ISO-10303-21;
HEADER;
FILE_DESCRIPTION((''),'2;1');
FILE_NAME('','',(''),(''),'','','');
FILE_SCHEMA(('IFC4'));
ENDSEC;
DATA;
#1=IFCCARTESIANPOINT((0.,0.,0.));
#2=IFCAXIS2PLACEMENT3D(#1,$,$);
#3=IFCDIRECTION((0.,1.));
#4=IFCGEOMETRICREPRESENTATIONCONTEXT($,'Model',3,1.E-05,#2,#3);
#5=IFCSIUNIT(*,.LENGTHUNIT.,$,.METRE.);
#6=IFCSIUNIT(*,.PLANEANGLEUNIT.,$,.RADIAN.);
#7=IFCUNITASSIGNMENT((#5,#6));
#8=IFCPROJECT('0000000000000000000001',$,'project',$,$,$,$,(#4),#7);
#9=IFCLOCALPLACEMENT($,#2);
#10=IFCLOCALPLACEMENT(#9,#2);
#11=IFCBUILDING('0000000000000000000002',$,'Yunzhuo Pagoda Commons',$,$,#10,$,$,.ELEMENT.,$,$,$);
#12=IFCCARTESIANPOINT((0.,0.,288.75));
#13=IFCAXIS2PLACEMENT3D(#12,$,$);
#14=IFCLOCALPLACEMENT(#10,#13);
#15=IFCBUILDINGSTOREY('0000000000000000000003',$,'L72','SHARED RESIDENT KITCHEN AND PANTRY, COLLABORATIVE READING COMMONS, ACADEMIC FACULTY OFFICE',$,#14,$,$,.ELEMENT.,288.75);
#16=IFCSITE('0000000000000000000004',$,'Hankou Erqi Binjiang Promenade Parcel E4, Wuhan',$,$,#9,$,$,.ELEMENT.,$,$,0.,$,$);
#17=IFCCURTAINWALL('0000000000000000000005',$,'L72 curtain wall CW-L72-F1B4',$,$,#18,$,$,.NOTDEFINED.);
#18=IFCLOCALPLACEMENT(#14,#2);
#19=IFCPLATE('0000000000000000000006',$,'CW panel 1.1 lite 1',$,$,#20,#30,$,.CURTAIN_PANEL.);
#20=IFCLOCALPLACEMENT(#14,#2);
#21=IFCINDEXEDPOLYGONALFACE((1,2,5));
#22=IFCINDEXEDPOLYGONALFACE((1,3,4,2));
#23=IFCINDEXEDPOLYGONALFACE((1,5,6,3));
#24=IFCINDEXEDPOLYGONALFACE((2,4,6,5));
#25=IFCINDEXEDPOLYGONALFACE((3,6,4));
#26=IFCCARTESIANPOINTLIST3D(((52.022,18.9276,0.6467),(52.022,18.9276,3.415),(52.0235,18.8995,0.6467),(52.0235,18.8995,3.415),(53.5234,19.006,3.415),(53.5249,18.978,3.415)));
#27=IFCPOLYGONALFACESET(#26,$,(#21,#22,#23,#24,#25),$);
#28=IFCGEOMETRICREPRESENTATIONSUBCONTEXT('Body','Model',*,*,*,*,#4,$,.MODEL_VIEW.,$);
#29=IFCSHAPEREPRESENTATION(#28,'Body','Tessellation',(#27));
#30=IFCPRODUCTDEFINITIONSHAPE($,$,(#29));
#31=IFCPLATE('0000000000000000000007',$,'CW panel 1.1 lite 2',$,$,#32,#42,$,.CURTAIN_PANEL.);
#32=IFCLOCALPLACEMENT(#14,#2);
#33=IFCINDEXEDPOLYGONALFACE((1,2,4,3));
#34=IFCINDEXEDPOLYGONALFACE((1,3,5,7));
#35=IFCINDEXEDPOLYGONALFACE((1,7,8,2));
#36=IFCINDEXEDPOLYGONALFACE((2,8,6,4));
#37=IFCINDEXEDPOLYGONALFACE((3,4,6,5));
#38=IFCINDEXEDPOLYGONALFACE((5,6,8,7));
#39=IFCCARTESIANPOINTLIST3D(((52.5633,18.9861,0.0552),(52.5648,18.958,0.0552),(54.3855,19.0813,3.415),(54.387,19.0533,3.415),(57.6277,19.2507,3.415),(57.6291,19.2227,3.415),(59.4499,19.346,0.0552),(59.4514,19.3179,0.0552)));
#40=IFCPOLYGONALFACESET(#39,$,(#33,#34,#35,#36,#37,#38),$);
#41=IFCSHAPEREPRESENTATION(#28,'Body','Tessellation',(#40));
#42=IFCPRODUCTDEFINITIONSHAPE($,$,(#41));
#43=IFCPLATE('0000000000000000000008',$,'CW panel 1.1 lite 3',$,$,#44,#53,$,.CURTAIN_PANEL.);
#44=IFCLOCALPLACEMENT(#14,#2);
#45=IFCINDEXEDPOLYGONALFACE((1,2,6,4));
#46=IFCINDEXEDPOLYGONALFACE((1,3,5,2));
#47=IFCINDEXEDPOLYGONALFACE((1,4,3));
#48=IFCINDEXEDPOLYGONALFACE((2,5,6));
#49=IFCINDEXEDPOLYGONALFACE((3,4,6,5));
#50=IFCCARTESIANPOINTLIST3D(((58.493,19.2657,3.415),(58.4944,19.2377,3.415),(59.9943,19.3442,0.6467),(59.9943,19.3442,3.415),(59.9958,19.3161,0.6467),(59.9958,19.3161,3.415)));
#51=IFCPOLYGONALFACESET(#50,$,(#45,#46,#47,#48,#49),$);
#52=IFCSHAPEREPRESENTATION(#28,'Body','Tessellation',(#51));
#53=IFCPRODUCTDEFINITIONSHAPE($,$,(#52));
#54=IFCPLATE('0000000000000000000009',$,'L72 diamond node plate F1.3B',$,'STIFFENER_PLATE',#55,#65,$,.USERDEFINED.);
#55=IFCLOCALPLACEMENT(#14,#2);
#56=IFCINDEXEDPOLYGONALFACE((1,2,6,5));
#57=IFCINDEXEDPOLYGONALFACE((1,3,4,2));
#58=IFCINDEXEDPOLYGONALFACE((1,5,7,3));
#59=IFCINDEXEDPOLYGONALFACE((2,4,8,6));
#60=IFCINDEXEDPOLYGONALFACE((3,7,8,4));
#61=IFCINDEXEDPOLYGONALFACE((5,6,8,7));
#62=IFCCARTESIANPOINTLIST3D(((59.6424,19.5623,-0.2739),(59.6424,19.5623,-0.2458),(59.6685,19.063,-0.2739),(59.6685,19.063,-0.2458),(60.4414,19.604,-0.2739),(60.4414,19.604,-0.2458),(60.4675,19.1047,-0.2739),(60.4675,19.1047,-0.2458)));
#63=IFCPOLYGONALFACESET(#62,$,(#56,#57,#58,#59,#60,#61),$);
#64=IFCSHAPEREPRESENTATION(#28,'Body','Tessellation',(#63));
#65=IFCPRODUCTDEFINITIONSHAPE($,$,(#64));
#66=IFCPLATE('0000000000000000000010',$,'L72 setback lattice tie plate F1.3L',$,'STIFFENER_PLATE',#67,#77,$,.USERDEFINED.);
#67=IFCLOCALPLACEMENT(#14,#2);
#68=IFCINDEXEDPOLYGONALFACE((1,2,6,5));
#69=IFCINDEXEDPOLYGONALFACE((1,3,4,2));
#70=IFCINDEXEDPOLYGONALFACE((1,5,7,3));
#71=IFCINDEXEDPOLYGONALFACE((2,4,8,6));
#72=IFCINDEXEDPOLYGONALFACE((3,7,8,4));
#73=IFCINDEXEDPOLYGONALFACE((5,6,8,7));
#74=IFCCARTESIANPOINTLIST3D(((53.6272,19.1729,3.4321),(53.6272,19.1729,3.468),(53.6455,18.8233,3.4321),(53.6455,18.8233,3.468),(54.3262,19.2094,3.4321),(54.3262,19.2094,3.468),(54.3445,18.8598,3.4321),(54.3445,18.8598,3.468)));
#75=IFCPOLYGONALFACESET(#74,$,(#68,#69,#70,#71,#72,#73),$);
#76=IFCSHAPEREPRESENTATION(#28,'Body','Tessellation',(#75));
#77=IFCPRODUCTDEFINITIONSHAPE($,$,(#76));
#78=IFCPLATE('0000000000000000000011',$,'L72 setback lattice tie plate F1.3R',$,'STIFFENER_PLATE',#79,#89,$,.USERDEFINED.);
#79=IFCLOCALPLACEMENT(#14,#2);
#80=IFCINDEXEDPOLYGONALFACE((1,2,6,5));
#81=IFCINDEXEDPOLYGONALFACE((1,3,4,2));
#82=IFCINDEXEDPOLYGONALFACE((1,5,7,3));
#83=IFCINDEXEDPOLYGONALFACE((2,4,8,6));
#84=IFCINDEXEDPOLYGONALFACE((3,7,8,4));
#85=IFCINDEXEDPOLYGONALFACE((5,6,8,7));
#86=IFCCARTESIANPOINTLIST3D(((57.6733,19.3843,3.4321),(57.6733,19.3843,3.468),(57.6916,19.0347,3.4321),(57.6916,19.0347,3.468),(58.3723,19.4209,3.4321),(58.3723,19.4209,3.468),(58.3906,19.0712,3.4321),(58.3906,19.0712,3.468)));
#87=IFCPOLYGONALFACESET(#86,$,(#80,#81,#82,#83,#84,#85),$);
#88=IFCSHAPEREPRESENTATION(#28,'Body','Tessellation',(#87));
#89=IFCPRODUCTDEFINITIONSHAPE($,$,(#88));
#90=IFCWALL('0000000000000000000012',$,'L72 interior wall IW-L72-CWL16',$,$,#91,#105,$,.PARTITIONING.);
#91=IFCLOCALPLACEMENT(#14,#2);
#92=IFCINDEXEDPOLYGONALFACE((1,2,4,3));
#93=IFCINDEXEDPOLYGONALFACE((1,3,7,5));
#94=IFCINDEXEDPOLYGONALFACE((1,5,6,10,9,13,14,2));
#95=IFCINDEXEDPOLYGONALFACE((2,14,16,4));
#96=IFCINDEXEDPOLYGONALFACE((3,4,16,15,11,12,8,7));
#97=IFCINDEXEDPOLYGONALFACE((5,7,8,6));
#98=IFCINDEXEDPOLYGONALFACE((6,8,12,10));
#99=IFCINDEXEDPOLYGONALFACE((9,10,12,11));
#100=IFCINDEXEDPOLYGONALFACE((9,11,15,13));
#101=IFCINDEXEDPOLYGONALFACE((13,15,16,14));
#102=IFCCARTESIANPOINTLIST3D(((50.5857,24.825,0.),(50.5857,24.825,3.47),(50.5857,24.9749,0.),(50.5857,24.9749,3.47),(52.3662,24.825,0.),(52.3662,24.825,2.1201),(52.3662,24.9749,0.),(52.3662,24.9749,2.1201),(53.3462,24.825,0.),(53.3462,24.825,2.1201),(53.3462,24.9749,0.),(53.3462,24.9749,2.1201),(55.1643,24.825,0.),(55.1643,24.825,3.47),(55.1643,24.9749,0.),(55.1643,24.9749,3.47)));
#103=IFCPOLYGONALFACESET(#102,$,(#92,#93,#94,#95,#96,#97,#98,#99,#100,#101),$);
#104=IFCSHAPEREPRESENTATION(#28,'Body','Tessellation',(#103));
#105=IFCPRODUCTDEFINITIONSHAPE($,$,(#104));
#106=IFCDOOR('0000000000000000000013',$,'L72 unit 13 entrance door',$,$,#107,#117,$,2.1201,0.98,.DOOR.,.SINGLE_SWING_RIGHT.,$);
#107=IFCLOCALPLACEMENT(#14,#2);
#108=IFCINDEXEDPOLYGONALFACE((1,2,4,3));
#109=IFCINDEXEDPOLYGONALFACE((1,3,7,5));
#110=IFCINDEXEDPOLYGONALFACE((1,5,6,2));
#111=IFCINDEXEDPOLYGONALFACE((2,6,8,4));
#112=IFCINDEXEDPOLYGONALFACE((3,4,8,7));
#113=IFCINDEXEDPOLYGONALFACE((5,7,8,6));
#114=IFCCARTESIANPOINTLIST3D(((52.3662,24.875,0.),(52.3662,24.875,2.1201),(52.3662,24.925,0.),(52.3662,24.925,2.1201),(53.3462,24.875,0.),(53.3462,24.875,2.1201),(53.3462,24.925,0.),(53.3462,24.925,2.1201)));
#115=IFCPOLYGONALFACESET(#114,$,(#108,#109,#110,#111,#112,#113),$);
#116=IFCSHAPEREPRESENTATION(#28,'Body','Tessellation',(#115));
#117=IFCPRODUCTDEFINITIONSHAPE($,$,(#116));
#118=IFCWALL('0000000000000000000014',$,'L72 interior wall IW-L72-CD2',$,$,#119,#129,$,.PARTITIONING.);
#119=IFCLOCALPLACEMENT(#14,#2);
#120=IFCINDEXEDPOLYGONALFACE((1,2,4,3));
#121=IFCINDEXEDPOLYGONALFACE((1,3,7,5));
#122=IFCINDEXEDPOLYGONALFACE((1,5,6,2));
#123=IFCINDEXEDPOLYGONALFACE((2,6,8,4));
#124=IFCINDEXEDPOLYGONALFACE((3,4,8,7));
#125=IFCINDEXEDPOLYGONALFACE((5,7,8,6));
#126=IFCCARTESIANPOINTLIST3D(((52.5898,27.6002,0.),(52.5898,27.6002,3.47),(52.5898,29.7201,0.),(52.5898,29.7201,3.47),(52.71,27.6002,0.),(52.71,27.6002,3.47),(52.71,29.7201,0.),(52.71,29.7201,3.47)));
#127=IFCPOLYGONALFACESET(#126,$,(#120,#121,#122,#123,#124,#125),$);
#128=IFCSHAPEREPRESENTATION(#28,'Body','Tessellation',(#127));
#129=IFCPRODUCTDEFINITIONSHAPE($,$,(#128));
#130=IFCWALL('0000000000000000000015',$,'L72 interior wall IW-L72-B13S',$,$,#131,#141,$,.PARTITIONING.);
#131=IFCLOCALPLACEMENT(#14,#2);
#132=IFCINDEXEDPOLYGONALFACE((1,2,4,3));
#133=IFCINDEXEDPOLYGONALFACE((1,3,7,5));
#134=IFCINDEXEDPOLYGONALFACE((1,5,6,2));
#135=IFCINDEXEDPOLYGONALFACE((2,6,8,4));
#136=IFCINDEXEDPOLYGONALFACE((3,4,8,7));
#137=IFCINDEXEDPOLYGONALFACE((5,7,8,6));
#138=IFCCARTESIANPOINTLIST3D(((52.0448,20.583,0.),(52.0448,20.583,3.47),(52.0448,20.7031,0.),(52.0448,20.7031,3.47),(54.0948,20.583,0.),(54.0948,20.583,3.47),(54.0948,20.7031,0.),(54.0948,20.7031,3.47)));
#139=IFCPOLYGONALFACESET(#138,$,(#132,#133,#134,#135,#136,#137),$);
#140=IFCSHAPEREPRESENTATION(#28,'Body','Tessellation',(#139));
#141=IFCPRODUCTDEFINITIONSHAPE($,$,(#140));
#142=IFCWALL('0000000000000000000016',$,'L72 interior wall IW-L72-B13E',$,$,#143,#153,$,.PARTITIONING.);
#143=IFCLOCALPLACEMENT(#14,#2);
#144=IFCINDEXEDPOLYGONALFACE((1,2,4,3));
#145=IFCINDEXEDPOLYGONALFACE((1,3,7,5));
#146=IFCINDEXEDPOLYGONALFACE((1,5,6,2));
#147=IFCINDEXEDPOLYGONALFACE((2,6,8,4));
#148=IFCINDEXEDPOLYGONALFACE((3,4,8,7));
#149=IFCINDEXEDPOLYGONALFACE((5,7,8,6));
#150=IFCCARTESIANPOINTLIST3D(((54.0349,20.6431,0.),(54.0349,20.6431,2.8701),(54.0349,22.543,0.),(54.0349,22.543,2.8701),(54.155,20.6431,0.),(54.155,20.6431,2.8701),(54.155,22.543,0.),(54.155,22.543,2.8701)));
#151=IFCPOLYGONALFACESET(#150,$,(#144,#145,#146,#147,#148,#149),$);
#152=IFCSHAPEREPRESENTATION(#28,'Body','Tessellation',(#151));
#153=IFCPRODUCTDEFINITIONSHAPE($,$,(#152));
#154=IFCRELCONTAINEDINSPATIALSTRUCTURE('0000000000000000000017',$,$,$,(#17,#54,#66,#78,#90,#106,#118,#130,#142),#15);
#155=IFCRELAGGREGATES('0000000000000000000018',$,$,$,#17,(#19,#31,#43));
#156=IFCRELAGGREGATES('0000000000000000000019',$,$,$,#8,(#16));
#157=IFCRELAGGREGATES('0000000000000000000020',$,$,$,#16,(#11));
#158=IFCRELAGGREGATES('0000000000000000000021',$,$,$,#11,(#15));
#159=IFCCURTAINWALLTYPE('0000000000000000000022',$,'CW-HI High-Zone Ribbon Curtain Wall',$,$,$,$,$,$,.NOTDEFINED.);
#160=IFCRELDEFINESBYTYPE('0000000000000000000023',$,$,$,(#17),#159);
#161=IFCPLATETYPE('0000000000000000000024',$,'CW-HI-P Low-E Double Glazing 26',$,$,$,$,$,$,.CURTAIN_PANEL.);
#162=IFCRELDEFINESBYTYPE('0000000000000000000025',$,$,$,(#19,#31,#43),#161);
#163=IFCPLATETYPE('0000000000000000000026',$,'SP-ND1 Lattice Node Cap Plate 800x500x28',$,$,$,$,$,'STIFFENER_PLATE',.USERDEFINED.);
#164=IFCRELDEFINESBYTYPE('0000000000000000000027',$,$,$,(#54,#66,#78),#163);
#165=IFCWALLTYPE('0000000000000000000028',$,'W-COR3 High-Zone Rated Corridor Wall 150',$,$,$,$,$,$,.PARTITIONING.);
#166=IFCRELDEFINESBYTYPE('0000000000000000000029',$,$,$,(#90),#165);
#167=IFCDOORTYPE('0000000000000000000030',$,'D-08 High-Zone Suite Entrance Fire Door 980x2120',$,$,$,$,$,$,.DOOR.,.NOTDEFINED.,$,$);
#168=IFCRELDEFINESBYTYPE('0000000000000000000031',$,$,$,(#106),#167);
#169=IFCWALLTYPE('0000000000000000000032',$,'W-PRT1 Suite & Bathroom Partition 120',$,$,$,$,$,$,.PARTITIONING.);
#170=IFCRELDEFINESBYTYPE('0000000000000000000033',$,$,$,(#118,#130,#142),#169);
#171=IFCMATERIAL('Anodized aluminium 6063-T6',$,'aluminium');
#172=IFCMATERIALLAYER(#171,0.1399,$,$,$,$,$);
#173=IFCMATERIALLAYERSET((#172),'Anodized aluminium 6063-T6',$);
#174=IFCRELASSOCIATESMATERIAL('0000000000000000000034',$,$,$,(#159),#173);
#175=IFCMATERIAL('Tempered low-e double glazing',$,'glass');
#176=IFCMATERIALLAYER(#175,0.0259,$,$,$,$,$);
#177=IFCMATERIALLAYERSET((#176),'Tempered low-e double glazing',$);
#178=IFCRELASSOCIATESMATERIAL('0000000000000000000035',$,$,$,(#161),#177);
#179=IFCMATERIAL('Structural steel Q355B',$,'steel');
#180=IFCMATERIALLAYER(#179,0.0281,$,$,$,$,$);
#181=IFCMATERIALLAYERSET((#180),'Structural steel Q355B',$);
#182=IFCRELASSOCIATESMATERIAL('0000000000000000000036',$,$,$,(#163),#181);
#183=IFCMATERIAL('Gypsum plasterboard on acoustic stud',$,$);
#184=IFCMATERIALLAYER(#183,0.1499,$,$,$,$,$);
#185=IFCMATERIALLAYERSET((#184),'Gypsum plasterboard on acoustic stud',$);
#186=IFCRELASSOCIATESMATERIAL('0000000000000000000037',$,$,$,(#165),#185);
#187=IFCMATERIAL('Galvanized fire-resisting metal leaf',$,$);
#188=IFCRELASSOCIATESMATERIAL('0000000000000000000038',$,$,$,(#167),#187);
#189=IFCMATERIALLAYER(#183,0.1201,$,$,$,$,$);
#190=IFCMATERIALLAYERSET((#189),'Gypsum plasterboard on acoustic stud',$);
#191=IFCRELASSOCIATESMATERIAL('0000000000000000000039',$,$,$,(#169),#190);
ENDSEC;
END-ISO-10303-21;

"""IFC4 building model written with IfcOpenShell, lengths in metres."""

from ifc_helpers import new_model, si_unit, direction, frame, frame_2d, origin, origin_with_axes, origin_2d, place, context, subcontext, project, spatial, polyline, rectangle, outline, extrude, source, transform, mapped, material, layer, layer_set, type_object, element, fill, aggregate, save


model = new_model("IFC4")

# Units and contexts
model_context = context("Model", 3, precision=1e-05, world=origin(), true_north=direction((0.0, 1.0)))
body_context = subcontext(model_context, "Body", "Model", "MODEL_VIEW")
ifc_project = project(units=[si_unit("LENGTHUNIT", "METRE"), si_unit("PLANEANGLEUNIT", "RADIAN")], contexts=[model_context])

# Site, building, storey
site_placement = place(None, origin())
site = spatial("IfcSite", under=ifc_project, at=site_placement, Name="Hankou Erqi Binjiang Promenade Parcel E4, Wuhan", CompositionType="ELEMENT", RefElevation=0.0)
building_placement = place(site_placement, origin())
building = spatial("IfcBuilding", under=site, at=building_placement, Name="Yunzhuo Pagoda Commons", CompositionType="ELEMENT")
storey_placement = place(building_placement, frame((0.0, 0.0, 288.75)))
storey = spatial("IfcBuildingStorey", under=building, at=storey_placement, Name="L72", Description="SHARED RESIDENT KITCHEN AND PANTRY, COLLABORATIVE READING COMMONS, ACADEMIC FACULTY OFFICE", CompositionType="ELEMENT", Elevation=288.75)

# Shared definitions
ifc_material_1 = material(Name="Structural steel Q355B", Category="steel")

# Curtain wall, plates
ifc_material_2 = material(Name="Anodized aluminium 6063-T6", Category="aluminium")
ifc_layer_1 = layer(ifc_material_2, 0.1399)
ifc_layer_set_1 = layer_set([ifc_layer_1], Name="Anodized aluminium 6063-T6")
curtain_wall_type = type_object("IfcCurtainWallType", Name="CW-HI High-Zone Ribbon Curtain Wall", PredefinedType="NOTDEFINED", material=ifc_layer_set_1)
curtain_wall_placement = place(storey_placement, origin())
curtain_wall = element("IfcCurtainWall", 1, at=curtain_wall_placement, inside=storey, type_object=curtain_wall_type, Name="L72 curtain wall CW-L72-F1B4", PredefinedType="NOTDEFINED")
ifc_material_3 = material(Name="Tempered low-e double glazing", Category="glass")
ifc_layer_2 = layer(ifc_material_3, 0.0259)
ifc_layer_set_2 = layer_set([ifc_layer_2], Name="Tempered low-e double glazing")
plate_type_1 = type_object("IfcPlateType", Name="CW-HI-P Low-E Double Glazing 26", PredefinedType="CURTAIN_PANEL", material=ifc_layer_set_2)
plate_1_placement = place(storey_placement, frame((52.7727, 18.9668, 2.0308), z_axis=(0.05219, -0.998637, 0.0), x_axis=(0.998637, 0.05219, 0.0)))
plate_1 = element("IfcPlate", 2, at=plate_1_placement, type_object=plate_type_1, Name="CW panel 1.1 lite 1", PredefinedType="CURTAIN_PANEL", context=body_context, shape_type="SweptSolid", body=[
    extrude(outline(polyline([(-0.7517, -1.384), (0.7517, 1.3843), (-0.7517, 1.3843), (-0.7517, -1.384)])), origin(), (0.0, 0.0, 1.0), 0.0281),
])
plate_2_placement = place(storey_placement, frame((56.0066, 19.166, 1.7351), z_axis=(0.05219, -0.998637, 0.0), x_axis=(0.998637, 0.05219, 0.0)))
plate_2 = element("IfcPlate", 3, at=plate_2_placement, type_object=plate_type_1, Name="CW panel 1.1 lite 2", PredefinedType="CURTAIN_PANEL", context=body_context, shape_type="SweptSolid", body=[
    extrude(outline(polyline([(-3.448, -1.6799), (3.448, -1.6799), (1.6233, 1.6799), (-1.6233, 1.6799), (-3.448, -1.6799)])), origin(), (0.0, 0.0, 1.0), 0.0281),
])
plate_3_placement = place(storey_placement, frame((59.2437, 19.3049, 2.0308), z_axis=(0.05219, -0.998637, 0.0), x_axis=(0.998637, 0.05219, 0.0)))
plate_3 = element("IfcPlate", 4, at=plate_3_placement, type_object=plate_type_1, Name="CW panel 1.1 lite 3", PredefinedType="CURTAIN_PANEL", context=body_context, shape_type="SweptSolid", body=[
    extrude(outline(polyline([(-0.7517, 1.3843), (0.7517, -1.384), (0.7517, 1.3843), (-0.7517, 1.3843)])), origin(), (0.0, 0.0, 1.0), 0.0281),
])
aggregate(curtain_wall, [plate_1, plate_2, plate_3])

# Plates
ifc_layer_3 = layer(ifc_material_1, 0.0281)
ifc_layer_set_3 = layer_set([ifc_layer_3], Name="Structural steel Q355B")
plate_type_2 = type_object("IfcPlateType", Name="SP-ND1 Lattice Node Cap Plate 800x500x28", ElementType="STIFFENER_PLATE", PredefinedType="USERDEFINED", material=ifc_layer_set_3)
shared_shape_1 = source(origin(), body_context, "Body", "SweptSolid", [
    extrude(rectangle(XDim=0.8, YDim=0.5, at=origin_2d()), origin(), (0.0, 0.0, 1.0), 0.0281),
])
plate_4_placement = place(storey_placement, frame((60.0549, 19.3335, -0.2739), z_axis=(0.0, 0.0, 1.0), x_axis=(0.998637, 0.052197, 0.0)))
element("IfcPlate", 5, at=plate_4_placement, inside=storey, type_object=plate_type_2, Name="L72 diamond node plate F1.3B", ObjectType="STIFFENER_PLATE", PredefinedType="USERDEFINED", context=body_context, shape_type="MappedRepresentation", body=[
    mapped(shared_shape_1, transform((0.0, 0.0, 0.0), scale=1.0)),
])
shared_shape_2 = source(origin(), body_context, "Body", "SweptSolid", [
    extrude(rectangle(XDim=0.7, YDim=0.3501, at=origin_2d()), origin(), (0.0, 0.0, 1.0), 0.0359),
])
for number, where, z_axis, x_axis, name in (
    (6, (53.9858, 19.0164, 3.4321), (0.0, 0.0, 1.0), (0.998637, 0.052197, 0.0), "L72 setback lattice tie plate F1.3L"),
    (7, (58.032, 19.2278, 3.4321), (0.0, 0.0, 1.0), (0.998637, 0.052197, 0.0), "L72 setback lattice tie plate F1.3R"),
):
    element("IfcPlate", number, at=place(storey_placement, frame(where, z_axis=z_axis, x_axis=x_axis)), inside=storey, type_object=plate_type_2, Name=name, ObjectType="STIFFENER_PLATE", PredefinedType="USERDEFINED", context=body_context, shape_type="MappedRepresentation", body=[
        mapped(shared_shape_2, transform((0.0, 0.0, 0.0), scale=1.0)),
    ])

# Wall, opening, door
ifc_material_4 = material(Name="Gypsum plasterboard on acoustic stud")
ifc_layer_4 = layer(ifc_material_4, 0.1499)
ifc_layer_set_4 = layer_set([ifc_layer_4], Name="Gypsum plasterboard on acoustic stud")
wall_type_1 = type_object("IfcWallType", Name="W-COR3 High-Zone Rated Corridor Wall 150", PredefinedType="PARTITIONING", material=ifc_layer_set_4)
wall_1_placement = place(storey_placement, frame((55.1643, 24.8999, 0.0), z_axis=(0.0, 0.0, 1.0), x_axis=(-1.0, 0.0, 0.0)))
wall_1 = element("IfcWall", 8, at=wall_1_placement, inside=storey, type_object=wall_type_1, Name="L72 interior wall IW-L72-CWL16", PredefinedType="PARTITIONING", context=body_context, shape_type="SweptSolid", body=[
    extrude(rectangle(XDim=4.5786, YDim=0.1499, at=frame_2d((2.2893, 0.0))), origin(), (0.0, 0.0, 1.0), 3.47),
])
opening_1_placement = place(wall_1_placement, frame((1.8181, 0.0, 0.0)))
opening_1 = element("IfcOpeningElement", 9, at=opening_1_placement, cuts=wall_1, PredefinedType="OPENING", context=body_context, shape_type="SweptSolid", body=[
    extrude(rectangle(XDim=0.98, YDim=2.1201, at=frame_2d((0.49, 1.0601))), frame((0.0, 0.085, 0.0), z_axis=(0.0, -1.0, 0.0), x_axis=(1.0, 0.0, 0.0)), (0.0, 0.0, 1.0), 0.1699),
])
ifc_material_5 = material(Name="Galvanized fire-resisting metal leaf")
door_type_1 = type_object("IfcDoorType", Name="D-08 High-Zone Suite Entrance Fire Door 980x2120", OperationType="NOTDEFINED", PredefinedType="DOOR", material=ifc_material_5)
shared_shape_3 = source(origin(), body_context, "Body", "SweptSolid", [
    extrude(rectangle(XDim=0.98, YDim=2.1201, at=frame_2d((0.49, 1.0601))), frame((0.0, 0.0249, 0.0), z_axis=(0.0, -1.0, 0.0), x_axis=(1.0, 0.0, 0.0)), (0.0, 0.0, 1.0), 0.05),
])
door_1_placement = place(opening_1_placement, origin_with_axes())
door_1 = element("IfcDoor", 10, at=door_1_placement, inside=storey, type_object=door_type_1, Name="L72 unit 13 entrance door", OperationType="SINGLE_SWING_RIGHT", OverallHeight=2.1201, OverallWidth=0.98, PredefinedType="DOOR", context=body_context, shape_type="MappedRepresentation", body=[
    mapped(shared_shape_3, transform((0.0, 0.0, 0.0), scale=1.0)),
])
fill(opening_1, door_1)

# Walls
ifc_layer_5 = layer(ifc_material_4, 0.1201)
ifc_layer_set_5 = layer_set([ifc_layer_5], Name="Gypsum plasterboard on acoustic stud")
wall_type_2 = type_object("IfcWallType", Name="W-PRT1 Suite & Bathroom Partition 120", PredefinedType="PARTITIONING", material=ifc_layer_set_5)
wall_2_placement = place(storey_placement, frame((52.6499, 27.6001, 0.0), z_axis=(0.0, 0.0, 1.0), x_axis=(0.0, 1.0, 0.0)))
element("IfcWall", 11, at=wall_2_placement, inside=storey, type_object=wall_type_2, Name="L72 interior wall IW-L72-CD2", PredefinedType="PARTITIONING", context=body_context, shape_type="SweptSolid", body=[
    extrude(rectangle(XDim=2.1199, YDim=0.1201, at=frame_2d((1.0601, 0.0))), origin(), (0.0, 0.0, 1.0), 3.47),
])
wall_3_placement = place(storey_placement, frame((52.0449, 20.6431, 0.0), z_axis=(0.0, 0.0, 1.0), x_axis=(1.0, 0.0, 0.0)))
element("IfcWall", 12, at=wall_3_placement, inside=storey, type_object=wall_type_2, Name="L72 interior wall IW-L72-B13S", PredefinedType="PARTITIONING", context=body_context, shape_type="SweptSolid", body=[
    extrude(rectangle(XDim=2.05, YDim=0.1201, at=frame_2d((1.0249, 0.0))), origin(), (0.0, 0.0, 1.0), 3.47),
])
wall_4_placement = place(storey_placement, frame((54.095, 20.6431, 0.0), z_axis=(0.0, 0.0, 1.0), x_axis=(0.0, 1.0, 0.0)))
element("IfcWall", 13, at=wall_4_placement, inside=storey, type_object=wall_type_2, Name="L72 interior wall IW-L72-B13E", PredefinedType="PARTITIONING", context=body_context, shape_type="SweptSolid", body=[
    extrude(rectangle(XDim=1.8999, YDim=0.1201, at=frame_2d((0.95, 0.0))), origin(), (0.0, 0.0, 1.0), 2.8701),
])

save(model, "model.ifc")
